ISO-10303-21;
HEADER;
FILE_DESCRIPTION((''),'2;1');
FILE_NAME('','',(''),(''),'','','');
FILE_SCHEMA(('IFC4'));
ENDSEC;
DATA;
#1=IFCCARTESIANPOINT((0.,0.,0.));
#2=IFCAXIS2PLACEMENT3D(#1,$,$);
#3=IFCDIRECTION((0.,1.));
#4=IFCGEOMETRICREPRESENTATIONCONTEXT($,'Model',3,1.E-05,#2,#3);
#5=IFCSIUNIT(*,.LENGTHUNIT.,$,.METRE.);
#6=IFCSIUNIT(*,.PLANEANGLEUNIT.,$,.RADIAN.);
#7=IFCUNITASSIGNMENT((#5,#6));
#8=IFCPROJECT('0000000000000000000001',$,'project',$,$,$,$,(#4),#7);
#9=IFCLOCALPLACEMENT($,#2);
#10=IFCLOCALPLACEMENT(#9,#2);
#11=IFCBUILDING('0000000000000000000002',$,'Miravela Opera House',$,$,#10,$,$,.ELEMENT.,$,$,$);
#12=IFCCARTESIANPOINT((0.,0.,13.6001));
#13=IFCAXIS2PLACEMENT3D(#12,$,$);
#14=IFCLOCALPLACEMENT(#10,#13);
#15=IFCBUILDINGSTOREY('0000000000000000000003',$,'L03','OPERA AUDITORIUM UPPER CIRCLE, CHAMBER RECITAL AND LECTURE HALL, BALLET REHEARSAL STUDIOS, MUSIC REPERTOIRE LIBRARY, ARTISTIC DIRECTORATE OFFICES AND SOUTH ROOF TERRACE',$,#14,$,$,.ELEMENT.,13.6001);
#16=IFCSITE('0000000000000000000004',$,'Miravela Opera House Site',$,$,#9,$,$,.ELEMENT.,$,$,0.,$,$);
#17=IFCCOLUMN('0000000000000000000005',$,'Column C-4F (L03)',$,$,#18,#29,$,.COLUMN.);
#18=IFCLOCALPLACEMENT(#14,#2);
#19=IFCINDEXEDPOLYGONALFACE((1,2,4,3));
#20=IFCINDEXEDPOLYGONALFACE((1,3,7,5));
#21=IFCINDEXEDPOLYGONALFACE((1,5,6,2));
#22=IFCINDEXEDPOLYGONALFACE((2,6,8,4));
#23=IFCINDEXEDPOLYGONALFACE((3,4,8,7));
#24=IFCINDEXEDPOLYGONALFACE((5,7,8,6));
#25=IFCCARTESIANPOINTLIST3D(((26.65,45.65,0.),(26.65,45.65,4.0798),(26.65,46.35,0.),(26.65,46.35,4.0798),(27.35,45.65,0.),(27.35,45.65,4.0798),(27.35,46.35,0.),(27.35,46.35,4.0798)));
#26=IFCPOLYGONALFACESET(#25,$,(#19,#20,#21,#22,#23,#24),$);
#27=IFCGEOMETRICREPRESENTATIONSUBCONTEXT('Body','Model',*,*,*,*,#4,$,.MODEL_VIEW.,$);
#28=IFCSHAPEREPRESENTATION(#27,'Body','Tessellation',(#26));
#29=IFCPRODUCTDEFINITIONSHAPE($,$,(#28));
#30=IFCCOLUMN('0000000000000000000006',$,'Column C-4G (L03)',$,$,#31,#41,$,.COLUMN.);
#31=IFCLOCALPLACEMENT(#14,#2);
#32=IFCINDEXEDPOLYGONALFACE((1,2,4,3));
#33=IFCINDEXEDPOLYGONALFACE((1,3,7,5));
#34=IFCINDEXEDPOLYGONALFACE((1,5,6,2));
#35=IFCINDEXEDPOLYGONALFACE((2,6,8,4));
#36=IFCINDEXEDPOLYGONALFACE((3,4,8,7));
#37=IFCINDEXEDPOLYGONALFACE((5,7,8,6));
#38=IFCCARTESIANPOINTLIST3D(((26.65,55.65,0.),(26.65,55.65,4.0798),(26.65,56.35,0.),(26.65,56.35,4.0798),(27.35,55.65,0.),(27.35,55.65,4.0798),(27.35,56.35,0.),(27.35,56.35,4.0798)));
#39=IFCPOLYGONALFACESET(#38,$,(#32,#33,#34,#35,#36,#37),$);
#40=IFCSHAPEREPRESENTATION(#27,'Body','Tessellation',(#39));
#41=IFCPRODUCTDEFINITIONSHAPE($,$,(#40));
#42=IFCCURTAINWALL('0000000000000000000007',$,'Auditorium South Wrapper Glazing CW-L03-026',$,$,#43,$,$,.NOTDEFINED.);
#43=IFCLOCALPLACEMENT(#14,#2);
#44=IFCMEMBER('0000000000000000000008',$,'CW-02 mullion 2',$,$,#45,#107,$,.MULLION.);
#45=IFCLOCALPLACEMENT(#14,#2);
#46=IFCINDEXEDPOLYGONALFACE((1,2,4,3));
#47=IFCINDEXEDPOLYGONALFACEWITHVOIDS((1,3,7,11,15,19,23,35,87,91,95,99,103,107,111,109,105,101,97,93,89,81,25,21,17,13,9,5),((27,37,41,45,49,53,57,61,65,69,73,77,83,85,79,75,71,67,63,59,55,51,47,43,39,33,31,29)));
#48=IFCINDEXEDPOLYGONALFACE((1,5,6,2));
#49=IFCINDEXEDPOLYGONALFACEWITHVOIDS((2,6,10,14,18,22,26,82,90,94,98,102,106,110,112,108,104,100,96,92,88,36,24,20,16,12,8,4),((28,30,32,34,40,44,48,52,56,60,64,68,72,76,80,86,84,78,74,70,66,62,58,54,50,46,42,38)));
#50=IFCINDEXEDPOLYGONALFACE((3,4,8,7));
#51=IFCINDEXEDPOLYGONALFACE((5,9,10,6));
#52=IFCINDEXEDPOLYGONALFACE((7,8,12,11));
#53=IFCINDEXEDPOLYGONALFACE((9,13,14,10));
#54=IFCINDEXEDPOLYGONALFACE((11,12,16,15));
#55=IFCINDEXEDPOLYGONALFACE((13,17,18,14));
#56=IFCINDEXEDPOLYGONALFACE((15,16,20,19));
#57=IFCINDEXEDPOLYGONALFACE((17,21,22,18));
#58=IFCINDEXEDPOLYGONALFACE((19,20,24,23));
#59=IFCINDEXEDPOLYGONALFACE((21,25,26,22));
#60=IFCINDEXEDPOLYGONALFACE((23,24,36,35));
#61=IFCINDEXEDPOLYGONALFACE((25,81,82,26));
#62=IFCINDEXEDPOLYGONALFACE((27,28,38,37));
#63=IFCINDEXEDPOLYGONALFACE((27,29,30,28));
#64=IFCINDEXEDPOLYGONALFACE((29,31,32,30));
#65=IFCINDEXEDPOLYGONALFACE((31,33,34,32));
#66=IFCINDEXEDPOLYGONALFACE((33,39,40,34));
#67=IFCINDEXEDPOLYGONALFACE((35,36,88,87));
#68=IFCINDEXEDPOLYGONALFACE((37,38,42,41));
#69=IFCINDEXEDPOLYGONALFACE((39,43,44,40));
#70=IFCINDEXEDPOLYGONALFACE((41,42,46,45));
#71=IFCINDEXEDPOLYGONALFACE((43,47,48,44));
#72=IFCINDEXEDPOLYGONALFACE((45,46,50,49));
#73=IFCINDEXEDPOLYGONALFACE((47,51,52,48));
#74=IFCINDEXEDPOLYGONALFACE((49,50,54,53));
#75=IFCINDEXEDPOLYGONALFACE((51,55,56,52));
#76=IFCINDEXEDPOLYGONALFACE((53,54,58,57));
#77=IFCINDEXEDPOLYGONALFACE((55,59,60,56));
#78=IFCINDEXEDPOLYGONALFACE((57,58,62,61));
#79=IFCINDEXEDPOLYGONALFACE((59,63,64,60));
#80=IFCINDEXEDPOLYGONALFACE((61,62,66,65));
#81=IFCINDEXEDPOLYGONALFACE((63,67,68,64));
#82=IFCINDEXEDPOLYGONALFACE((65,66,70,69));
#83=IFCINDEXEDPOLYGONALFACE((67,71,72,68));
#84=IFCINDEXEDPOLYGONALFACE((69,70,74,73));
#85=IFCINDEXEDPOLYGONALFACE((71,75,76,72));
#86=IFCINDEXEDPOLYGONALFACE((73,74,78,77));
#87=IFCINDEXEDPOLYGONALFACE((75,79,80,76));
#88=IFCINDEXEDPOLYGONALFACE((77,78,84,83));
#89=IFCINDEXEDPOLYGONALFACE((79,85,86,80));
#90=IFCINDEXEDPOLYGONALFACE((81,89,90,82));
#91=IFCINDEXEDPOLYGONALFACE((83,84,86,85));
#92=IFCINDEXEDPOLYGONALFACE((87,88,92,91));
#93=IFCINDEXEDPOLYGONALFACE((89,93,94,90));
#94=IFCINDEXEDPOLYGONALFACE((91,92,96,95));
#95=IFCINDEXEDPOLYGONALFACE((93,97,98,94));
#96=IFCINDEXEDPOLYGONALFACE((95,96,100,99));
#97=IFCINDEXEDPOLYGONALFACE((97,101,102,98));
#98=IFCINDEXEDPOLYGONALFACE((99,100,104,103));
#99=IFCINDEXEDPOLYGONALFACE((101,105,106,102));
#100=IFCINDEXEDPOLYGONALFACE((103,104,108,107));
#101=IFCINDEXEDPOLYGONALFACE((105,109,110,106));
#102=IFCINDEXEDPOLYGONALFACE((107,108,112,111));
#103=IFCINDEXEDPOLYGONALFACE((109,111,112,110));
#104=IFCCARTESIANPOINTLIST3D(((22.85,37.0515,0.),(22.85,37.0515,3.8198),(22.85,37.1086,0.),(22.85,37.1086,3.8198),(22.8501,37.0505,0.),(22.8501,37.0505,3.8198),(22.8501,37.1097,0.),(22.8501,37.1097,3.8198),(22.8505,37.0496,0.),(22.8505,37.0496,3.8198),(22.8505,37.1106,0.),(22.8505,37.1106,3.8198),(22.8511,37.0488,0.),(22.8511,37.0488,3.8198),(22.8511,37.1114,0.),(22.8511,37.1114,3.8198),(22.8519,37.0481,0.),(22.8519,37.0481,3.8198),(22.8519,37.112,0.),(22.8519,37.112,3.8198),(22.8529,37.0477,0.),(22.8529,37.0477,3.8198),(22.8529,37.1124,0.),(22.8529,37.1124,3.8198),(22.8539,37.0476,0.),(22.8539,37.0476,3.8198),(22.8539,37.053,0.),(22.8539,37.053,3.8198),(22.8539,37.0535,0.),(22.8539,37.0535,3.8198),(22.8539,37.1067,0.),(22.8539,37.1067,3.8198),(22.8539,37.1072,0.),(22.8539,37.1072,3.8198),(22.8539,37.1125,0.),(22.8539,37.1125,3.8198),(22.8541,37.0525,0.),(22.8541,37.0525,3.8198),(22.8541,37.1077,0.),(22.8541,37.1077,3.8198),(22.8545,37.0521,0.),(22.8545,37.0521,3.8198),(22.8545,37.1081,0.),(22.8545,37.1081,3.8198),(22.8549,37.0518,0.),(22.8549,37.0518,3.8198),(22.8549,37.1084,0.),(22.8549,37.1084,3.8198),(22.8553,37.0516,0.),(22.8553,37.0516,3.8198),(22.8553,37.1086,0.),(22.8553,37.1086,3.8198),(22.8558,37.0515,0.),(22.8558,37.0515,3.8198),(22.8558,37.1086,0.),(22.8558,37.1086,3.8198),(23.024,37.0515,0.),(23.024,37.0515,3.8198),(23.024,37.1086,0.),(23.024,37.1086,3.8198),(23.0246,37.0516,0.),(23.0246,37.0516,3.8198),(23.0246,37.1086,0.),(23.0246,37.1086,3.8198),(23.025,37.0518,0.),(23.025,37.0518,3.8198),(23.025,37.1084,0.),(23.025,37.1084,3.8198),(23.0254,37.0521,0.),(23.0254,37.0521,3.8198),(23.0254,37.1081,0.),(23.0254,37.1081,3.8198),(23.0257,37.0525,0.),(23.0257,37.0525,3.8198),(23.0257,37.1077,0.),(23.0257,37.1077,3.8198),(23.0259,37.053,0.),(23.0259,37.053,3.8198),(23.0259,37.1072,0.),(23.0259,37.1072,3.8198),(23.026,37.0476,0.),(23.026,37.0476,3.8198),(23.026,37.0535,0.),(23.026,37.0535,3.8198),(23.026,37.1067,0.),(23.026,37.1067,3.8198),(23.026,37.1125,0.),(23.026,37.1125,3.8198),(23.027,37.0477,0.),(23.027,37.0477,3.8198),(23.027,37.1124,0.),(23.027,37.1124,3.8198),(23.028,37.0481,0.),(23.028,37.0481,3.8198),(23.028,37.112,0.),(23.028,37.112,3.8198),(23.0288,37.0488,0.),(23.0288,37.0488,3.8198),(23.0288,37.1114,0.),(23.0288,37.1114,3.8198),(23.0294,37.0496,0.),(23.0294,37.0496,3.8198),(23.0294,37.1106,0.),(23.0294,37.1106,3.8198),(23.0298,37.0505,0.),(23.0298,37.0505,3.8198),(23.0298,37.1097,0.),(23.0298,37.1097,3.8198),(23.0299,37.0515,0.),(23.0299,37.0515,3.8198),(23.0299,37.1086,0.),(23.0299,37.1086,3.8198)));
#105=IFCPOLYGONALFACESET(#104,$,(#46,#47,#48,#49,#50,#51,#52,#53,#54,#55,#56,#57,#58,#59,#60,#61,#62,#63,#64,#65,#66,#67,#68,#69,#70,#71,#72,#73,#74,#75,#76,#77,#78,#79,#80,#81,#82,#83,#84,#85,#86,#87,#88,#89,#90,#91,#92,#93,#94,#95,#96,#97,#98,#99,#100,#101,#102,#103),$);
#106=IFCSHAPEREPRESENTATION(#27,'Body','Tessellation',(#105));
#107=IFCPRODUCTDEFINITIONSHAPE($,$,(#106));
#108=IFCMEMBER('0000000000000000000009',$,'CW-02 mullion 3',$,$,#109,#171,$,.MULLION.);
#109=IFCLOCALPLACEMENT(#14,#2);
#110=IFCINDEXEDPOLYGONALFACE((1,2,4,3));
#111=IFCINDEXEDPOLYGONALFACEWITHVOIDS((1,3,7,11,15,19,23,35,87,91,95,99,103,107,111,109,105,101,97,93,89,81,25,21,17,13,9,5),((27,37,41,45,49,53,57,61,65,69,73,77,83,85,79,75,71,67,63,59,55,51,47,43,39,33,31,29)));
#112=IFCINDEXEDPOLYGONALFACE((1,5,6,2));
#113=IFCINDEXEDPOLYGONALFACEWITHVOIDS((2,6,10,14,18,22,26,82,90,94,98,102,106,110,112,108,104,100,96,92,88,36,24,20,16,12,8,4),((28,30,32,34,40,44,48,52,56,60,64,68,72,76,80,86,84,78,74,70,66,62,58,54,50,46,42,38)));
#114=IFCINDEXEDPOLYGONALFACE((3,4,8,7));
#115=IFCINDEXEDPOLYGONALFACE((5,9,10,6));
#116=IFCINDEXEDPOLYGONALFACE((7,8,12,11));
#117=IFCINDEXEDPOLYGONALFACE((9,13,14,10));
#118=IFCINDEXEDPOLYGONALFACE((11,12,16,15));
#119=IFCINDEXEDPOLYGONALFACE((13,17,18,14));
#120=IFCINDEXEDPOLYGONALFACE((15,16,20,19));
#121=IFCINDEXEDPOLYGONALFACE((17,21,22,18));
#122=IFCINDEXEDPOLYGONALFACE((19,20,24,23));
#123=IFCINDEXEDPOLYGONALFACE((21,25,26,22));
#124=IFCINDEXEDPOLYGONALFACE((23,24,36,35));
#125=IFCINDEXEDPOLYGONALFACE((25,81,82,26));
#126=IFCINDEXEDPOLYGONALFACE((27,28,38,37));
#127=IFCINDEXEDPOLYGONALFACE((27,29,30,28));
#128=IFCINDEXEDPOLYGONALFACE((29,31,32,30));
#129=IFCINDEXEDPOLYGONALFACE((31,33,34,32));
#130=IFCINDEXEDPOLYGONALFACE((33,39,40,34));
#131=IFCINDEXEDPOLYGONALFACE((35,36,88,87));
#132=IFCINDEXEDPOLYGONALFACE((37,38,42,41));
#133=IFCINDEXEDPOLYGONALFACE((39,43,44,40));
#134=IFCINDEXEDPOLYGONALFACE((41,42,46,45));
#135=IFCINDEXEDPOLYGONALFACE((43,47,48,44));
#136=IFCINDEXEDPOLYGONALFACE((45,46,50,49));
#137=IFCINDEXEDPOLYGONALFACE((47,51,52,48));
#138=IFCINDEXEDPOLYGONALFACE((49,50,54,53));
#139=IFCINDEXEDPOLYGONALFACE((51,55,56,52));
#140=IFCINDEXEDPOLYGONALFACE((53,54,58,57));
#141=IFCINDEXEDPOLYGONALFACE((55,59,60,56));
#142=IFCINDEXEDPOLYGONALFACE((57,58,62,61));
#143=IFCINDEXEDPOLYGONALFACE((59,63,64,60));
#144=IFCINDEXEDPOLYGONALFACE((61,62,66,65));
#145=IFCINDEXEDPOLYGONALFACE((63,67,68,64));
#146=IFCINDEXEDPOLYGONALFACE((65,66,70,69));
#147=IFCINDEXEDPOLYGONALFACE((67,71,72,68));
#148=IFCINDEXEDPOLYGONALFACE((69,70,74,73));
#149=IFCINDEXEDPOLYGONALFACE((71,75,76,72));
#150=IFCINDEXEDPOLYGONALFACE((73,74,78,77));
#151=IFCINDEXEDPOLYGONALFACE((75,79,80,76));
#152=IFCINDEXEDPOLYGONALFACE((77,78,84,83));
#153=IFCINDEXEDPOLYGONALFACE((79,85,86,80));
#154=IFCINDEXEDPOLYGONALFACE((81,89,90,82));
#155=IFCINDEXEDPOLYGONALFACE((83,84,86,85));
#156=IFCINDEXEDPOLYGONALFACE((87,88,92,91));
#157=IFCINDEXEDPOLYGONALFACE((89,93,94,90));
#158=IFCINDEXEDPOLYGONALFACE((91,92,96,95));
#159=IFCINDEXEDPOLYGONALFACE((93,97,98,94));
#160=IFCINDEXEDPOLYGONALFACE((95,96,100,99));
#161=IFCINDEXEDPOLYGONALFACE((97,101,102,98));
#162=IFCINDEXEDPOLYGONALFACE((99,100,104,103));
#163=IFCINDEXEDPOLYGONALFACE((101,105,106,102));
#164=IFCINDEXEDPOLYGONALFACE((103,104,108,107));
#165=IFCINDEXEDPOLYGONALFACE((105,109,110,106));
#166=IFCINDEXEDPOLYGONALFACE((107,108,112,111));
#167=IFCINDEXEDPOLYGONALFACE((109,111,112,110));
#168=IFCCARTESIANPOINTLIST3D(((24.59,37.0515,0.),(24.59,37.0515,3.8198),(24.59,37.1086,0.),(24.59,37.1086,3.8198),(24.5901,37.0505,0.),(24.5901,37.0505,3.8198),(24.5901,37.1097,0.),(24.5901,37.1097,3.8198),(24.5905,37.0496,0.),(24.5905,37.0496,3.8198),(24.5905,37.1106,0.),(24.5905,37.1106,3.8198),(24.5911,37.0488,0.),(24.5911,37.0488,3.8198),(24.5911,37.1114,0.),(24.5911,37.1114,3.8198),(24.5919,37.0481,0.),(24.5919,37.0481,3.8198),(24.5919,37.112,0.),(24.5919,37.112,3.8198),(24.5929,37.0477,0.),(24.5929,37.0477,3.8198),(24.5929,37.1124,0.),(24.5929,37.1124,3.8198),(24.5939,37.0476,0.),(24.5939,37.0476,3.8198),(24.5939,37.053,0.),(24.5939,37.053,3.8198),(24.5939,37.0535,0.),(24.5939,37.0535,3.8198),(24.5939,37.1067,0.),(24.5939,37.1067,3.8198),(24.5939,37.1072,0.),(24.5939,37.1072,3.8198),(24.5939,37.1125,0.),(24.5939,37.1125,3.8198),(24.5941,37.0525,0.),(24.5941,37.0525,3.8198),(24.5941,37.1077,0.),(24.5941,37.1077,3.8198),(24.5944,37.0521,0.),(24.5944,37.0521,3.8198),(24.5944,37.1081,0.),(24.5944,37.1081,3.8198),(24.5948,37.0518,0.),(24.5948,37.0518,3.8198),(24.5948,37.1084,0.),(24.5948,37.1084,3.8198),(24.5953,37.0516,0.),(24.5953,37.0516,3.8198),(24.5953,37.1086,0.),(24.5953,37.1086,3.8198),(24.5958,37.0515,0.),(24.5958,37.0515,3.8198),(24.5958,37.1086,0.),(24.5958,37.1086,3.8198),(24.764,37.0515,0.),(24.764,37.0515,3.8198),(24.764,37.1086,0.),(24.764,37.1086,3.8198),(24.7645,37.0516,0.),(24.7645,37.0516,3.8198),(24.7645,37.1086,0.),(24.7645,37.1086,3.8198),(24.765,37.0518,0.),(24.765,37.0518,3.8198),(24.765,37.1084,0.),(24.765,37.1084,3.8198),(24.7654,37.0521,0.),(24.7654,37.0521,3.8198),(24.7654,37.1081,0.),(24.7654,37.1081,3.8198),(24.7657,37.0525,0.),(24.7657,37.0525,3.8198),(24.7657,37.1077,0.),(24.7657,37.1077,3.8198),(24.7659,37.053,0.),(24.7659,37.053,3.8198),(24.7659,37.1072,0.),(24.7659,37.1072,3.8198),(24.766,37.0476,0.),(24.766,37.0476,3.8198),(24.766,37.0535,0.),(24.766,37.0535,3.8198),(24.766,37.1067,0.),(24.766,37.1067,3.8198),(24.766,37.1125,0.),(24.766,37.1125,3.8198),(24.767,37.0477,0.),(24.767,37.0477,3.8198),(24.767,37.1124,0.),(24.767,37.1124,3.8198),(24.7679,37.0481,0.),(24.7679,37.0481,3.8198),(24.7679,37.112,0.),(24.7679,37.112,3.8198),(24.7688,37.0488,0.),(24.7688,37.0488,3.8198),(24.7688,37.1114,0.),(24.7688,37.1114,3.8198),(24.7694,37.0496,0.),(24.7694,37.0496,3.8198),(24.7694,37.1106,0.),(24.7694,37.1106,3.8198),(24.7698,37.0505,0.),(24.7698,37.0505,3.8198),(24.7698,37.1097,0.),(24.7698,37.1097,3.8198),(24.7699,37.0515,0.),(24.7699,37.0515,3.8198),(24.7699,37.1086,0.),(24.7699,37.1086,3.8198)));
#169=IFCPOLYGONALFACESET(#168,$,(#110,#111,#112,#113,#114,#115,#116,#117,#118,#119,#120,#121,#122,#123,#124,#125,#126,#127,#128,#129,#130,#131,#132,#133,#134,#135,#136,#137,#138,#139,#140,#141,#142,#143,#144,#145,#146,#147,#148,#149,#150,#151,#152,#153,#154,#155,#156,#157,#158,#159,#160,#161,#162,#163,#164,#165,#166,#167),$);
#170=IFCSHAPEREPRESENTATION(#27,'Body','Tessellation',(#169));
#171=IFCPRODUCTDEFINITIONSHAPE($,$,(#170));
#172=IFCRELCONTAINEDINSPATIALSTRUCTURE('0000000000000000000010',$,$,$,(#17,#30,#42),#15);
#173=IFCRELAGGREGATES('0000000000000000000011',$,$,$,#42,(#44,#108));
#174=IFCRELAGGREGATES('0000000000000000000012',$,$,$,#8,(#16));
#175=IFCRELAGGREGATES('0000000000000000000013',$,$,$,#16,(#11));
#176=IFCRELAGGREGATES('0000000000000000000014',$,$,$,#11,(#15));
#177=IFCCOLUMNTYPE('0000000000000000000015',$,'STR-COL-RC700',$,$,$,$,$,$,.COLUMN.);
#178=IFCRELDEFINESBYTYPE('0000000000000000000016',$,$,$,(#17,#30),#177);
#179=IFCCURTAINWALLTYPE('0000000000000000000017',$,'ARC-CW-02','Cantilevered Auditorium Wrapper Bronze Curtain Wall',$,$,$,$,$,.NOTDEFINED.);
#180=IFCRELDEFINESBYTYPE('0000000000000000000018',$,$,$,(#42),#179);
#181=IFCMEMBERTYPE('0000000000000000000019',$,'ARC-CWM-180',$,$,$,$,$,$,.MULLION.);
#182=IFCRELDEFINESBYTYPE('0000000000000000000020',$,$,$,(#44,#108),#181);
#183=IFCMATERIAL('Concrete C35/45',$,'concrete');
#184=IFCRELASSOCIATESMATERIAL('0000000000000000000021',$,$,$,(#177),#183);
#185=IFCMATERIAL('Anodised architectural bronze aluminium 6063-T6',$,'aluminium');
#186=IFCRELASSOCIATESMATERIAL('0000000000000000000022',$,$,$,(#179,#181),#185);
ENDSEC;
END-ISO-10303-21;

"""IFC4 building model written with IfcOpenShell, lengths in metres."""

from ifc_helpers import new_model, si_unit, direction, frame, origin, origin_2d, place, context, subcontext, project, spatial, rectangle, hollow_rectangle, extrude, material, material_profile, profile_set, type_object, element, aggregate, save


model = new_model("IFC4")

# Units and contexts
model_context = context("Model", 3, precision=1e-05, world=origin(), true_north=direction((0.0, 1.0)))
body_context = subcontext(model_context, "Body", "Model", "MODEL_VIEW")
ifc_project = project(units=[si_unit("LENGTHUNIT", "METRE"), si_unit("PLANEANGLEUNIT", "RADIAN")], contexts=[model_context])

# Site, building, storey
site_placement = place(None, origin())
site = spatial("IfcSite", under=ifc_project, at=site_placement, Name="Miravela Opera House Site", CompositionType="ELEMENT", RefElevation=0.0)
building_placement = place(site_placement, origin())
building = spatial("IfcBuilding", under=site, at=building_placement, Name="Miravela Opera House", CompositionType="ELEMENT")
storey_placement = place(building_placement, frame((0.0, 0.0, 13.6001)))
storey = spatial("IfcBuildingStorey", under=building, at=storey_placement, Name="L03", Description="OPERA AUDITORIUM UPPER CIRCLE, CHAMBER RECITAL AND LECTURE HALL, BALLET REHEARSAL STUDIOS, MUSIC REPERTOIRE LIBRARY, ARTISTIC DIRECTORATE OFFICES AND SOUTH ROOF TERRACE", CompositionType="ELEMENT", Elevation=13.6001)

# Columns
ifc_material_1 = material(Name="Concrete C35/45", Category="concrete")
ifc_material_profile_1 = material_profile(ifc_material_1, rectangle(XDim=0.7, YDim=0.7, at=origin_2d()), Name="RC-COL-700X700")
ifc_profile_set_1 = profile_set([ifc_material_profile_1])
column_type = type_object("IfcColumnType", Name="STR-COL-RC700", PredefinedType="COLUMN", material=ifc_profile_set_1)
for number, where, z_axis, x_axis, name in (
    (1, (27.0, 46.0, 0.0), (0.0, 0.0, 1.0), (1.0, 0.0, 0.0), "Column C-4F (L03)"),
    (2, (27.0, 56.0, 0.0), (0.0, 0.0, 1.0), (1.0, 0.0, 0.0), "Column C-4G (L03)"),
):
    element("IfcColumn", number, at=place(storey_placement, frame(where, z_axis=z_axis, x_axis=x_axis)), inside=storey, type_object=column_type, Name=name, PredefinedType="COLUMN", context=body_context, shape_type="SweptSolid", body=[
        extrude(rectangle(XDim=0.7, YDim=0.7, at=origin_2d()), origin(), (0.0, 0.0, 1.0), 4.0798),
    ])

# Curtain wall, members
ifc_material_2 = material(Name="Anodised architectural bronze aluminium 6063-T6", Category="aluminium")
curtain_wall_type = type_object("IfcCurtainWallType", Name="ARC-CW-02", Description="Cantilevered Auditorium Wrapper Bronze Curtain Wall", PredefinedType="NOTDEFINED", material=ifc_material_2)
curtain_wall_placement = place(storey_placement, origin())
curtain_wall = element("IfcCurtainWall", 3, at=curtain_wall_placement, inside=storey, type_object=curtain_wall_type, Name="Auditorium South Wrapper Glazing CW-L03-026", PredefinedType="NOTDEFINED")
ifc_material_profile_2 = material_profile(ifc_material_2, hollow_rectangle(XDim=0.0649, YDim=0.1799, WallThickness=0.0039, InnerFilletRadius=0.002, OuterFilletRadius=0.0039, at=origin_2d()), Name="CWM-65X180")
ifc_profile_set_2 = profile_set([ifc_material_profile_2])
member_type_1 = type_object("IfcMemberType", Name="ARC-CWM-180", PredefinedType="MULLION", material=ifc_profile_set_2)
member_1_placement = place(storey_placement, frame((22.9399, 37.0801, 0.0), z_axis=(0.0, 0.0, 1.0), x_axis=(0.0, 1.0, 0.0)))
member_1 = element("IfcMember", 4, at=member_1_placement, type_object=member_type_1, Name="CW-02 mullion 2", PredefinedType="MULLION", context=body_context, shape_type="SweptSolid", body=[
    extrude(hollow_rectangle(XDim=0.0649, YDim=0.1799, WallThickness=0.0039, InnerFilletRadius=0.002, OuterFilletRadius=0.0039, at=origin_2d()), origin(), (0.0, 0.0, 1.0), 3.8198),
])
member_2_placement = place(storey_placement, frame((24.6799, 37.0801, 0.0), z_axis=(0.0, 0.0, 1.0), x_axis=(0.0, 1.0, 0.0)))
member_2 = element("IfcMember", 5, at=member_2_placement, type_object=member_type_1, Name="CW-02 mullion 3", PredefinedType="MULLION", context=body_context, shape_type="SweptSolid", body=[
    extrude(hollow_rectangle(XDim=0.0649, YDim=0.1799, WallThickness=0.0039, InnerFilletRadius=0.002, OuterFilletRadius=0.0039, at=origin_2d()), origin(), (0.0, 0.0, 1.0), 3.8198),
])

aggregate(curtain_wall, [member_1, member_2])

save(model, "model.ifc")
